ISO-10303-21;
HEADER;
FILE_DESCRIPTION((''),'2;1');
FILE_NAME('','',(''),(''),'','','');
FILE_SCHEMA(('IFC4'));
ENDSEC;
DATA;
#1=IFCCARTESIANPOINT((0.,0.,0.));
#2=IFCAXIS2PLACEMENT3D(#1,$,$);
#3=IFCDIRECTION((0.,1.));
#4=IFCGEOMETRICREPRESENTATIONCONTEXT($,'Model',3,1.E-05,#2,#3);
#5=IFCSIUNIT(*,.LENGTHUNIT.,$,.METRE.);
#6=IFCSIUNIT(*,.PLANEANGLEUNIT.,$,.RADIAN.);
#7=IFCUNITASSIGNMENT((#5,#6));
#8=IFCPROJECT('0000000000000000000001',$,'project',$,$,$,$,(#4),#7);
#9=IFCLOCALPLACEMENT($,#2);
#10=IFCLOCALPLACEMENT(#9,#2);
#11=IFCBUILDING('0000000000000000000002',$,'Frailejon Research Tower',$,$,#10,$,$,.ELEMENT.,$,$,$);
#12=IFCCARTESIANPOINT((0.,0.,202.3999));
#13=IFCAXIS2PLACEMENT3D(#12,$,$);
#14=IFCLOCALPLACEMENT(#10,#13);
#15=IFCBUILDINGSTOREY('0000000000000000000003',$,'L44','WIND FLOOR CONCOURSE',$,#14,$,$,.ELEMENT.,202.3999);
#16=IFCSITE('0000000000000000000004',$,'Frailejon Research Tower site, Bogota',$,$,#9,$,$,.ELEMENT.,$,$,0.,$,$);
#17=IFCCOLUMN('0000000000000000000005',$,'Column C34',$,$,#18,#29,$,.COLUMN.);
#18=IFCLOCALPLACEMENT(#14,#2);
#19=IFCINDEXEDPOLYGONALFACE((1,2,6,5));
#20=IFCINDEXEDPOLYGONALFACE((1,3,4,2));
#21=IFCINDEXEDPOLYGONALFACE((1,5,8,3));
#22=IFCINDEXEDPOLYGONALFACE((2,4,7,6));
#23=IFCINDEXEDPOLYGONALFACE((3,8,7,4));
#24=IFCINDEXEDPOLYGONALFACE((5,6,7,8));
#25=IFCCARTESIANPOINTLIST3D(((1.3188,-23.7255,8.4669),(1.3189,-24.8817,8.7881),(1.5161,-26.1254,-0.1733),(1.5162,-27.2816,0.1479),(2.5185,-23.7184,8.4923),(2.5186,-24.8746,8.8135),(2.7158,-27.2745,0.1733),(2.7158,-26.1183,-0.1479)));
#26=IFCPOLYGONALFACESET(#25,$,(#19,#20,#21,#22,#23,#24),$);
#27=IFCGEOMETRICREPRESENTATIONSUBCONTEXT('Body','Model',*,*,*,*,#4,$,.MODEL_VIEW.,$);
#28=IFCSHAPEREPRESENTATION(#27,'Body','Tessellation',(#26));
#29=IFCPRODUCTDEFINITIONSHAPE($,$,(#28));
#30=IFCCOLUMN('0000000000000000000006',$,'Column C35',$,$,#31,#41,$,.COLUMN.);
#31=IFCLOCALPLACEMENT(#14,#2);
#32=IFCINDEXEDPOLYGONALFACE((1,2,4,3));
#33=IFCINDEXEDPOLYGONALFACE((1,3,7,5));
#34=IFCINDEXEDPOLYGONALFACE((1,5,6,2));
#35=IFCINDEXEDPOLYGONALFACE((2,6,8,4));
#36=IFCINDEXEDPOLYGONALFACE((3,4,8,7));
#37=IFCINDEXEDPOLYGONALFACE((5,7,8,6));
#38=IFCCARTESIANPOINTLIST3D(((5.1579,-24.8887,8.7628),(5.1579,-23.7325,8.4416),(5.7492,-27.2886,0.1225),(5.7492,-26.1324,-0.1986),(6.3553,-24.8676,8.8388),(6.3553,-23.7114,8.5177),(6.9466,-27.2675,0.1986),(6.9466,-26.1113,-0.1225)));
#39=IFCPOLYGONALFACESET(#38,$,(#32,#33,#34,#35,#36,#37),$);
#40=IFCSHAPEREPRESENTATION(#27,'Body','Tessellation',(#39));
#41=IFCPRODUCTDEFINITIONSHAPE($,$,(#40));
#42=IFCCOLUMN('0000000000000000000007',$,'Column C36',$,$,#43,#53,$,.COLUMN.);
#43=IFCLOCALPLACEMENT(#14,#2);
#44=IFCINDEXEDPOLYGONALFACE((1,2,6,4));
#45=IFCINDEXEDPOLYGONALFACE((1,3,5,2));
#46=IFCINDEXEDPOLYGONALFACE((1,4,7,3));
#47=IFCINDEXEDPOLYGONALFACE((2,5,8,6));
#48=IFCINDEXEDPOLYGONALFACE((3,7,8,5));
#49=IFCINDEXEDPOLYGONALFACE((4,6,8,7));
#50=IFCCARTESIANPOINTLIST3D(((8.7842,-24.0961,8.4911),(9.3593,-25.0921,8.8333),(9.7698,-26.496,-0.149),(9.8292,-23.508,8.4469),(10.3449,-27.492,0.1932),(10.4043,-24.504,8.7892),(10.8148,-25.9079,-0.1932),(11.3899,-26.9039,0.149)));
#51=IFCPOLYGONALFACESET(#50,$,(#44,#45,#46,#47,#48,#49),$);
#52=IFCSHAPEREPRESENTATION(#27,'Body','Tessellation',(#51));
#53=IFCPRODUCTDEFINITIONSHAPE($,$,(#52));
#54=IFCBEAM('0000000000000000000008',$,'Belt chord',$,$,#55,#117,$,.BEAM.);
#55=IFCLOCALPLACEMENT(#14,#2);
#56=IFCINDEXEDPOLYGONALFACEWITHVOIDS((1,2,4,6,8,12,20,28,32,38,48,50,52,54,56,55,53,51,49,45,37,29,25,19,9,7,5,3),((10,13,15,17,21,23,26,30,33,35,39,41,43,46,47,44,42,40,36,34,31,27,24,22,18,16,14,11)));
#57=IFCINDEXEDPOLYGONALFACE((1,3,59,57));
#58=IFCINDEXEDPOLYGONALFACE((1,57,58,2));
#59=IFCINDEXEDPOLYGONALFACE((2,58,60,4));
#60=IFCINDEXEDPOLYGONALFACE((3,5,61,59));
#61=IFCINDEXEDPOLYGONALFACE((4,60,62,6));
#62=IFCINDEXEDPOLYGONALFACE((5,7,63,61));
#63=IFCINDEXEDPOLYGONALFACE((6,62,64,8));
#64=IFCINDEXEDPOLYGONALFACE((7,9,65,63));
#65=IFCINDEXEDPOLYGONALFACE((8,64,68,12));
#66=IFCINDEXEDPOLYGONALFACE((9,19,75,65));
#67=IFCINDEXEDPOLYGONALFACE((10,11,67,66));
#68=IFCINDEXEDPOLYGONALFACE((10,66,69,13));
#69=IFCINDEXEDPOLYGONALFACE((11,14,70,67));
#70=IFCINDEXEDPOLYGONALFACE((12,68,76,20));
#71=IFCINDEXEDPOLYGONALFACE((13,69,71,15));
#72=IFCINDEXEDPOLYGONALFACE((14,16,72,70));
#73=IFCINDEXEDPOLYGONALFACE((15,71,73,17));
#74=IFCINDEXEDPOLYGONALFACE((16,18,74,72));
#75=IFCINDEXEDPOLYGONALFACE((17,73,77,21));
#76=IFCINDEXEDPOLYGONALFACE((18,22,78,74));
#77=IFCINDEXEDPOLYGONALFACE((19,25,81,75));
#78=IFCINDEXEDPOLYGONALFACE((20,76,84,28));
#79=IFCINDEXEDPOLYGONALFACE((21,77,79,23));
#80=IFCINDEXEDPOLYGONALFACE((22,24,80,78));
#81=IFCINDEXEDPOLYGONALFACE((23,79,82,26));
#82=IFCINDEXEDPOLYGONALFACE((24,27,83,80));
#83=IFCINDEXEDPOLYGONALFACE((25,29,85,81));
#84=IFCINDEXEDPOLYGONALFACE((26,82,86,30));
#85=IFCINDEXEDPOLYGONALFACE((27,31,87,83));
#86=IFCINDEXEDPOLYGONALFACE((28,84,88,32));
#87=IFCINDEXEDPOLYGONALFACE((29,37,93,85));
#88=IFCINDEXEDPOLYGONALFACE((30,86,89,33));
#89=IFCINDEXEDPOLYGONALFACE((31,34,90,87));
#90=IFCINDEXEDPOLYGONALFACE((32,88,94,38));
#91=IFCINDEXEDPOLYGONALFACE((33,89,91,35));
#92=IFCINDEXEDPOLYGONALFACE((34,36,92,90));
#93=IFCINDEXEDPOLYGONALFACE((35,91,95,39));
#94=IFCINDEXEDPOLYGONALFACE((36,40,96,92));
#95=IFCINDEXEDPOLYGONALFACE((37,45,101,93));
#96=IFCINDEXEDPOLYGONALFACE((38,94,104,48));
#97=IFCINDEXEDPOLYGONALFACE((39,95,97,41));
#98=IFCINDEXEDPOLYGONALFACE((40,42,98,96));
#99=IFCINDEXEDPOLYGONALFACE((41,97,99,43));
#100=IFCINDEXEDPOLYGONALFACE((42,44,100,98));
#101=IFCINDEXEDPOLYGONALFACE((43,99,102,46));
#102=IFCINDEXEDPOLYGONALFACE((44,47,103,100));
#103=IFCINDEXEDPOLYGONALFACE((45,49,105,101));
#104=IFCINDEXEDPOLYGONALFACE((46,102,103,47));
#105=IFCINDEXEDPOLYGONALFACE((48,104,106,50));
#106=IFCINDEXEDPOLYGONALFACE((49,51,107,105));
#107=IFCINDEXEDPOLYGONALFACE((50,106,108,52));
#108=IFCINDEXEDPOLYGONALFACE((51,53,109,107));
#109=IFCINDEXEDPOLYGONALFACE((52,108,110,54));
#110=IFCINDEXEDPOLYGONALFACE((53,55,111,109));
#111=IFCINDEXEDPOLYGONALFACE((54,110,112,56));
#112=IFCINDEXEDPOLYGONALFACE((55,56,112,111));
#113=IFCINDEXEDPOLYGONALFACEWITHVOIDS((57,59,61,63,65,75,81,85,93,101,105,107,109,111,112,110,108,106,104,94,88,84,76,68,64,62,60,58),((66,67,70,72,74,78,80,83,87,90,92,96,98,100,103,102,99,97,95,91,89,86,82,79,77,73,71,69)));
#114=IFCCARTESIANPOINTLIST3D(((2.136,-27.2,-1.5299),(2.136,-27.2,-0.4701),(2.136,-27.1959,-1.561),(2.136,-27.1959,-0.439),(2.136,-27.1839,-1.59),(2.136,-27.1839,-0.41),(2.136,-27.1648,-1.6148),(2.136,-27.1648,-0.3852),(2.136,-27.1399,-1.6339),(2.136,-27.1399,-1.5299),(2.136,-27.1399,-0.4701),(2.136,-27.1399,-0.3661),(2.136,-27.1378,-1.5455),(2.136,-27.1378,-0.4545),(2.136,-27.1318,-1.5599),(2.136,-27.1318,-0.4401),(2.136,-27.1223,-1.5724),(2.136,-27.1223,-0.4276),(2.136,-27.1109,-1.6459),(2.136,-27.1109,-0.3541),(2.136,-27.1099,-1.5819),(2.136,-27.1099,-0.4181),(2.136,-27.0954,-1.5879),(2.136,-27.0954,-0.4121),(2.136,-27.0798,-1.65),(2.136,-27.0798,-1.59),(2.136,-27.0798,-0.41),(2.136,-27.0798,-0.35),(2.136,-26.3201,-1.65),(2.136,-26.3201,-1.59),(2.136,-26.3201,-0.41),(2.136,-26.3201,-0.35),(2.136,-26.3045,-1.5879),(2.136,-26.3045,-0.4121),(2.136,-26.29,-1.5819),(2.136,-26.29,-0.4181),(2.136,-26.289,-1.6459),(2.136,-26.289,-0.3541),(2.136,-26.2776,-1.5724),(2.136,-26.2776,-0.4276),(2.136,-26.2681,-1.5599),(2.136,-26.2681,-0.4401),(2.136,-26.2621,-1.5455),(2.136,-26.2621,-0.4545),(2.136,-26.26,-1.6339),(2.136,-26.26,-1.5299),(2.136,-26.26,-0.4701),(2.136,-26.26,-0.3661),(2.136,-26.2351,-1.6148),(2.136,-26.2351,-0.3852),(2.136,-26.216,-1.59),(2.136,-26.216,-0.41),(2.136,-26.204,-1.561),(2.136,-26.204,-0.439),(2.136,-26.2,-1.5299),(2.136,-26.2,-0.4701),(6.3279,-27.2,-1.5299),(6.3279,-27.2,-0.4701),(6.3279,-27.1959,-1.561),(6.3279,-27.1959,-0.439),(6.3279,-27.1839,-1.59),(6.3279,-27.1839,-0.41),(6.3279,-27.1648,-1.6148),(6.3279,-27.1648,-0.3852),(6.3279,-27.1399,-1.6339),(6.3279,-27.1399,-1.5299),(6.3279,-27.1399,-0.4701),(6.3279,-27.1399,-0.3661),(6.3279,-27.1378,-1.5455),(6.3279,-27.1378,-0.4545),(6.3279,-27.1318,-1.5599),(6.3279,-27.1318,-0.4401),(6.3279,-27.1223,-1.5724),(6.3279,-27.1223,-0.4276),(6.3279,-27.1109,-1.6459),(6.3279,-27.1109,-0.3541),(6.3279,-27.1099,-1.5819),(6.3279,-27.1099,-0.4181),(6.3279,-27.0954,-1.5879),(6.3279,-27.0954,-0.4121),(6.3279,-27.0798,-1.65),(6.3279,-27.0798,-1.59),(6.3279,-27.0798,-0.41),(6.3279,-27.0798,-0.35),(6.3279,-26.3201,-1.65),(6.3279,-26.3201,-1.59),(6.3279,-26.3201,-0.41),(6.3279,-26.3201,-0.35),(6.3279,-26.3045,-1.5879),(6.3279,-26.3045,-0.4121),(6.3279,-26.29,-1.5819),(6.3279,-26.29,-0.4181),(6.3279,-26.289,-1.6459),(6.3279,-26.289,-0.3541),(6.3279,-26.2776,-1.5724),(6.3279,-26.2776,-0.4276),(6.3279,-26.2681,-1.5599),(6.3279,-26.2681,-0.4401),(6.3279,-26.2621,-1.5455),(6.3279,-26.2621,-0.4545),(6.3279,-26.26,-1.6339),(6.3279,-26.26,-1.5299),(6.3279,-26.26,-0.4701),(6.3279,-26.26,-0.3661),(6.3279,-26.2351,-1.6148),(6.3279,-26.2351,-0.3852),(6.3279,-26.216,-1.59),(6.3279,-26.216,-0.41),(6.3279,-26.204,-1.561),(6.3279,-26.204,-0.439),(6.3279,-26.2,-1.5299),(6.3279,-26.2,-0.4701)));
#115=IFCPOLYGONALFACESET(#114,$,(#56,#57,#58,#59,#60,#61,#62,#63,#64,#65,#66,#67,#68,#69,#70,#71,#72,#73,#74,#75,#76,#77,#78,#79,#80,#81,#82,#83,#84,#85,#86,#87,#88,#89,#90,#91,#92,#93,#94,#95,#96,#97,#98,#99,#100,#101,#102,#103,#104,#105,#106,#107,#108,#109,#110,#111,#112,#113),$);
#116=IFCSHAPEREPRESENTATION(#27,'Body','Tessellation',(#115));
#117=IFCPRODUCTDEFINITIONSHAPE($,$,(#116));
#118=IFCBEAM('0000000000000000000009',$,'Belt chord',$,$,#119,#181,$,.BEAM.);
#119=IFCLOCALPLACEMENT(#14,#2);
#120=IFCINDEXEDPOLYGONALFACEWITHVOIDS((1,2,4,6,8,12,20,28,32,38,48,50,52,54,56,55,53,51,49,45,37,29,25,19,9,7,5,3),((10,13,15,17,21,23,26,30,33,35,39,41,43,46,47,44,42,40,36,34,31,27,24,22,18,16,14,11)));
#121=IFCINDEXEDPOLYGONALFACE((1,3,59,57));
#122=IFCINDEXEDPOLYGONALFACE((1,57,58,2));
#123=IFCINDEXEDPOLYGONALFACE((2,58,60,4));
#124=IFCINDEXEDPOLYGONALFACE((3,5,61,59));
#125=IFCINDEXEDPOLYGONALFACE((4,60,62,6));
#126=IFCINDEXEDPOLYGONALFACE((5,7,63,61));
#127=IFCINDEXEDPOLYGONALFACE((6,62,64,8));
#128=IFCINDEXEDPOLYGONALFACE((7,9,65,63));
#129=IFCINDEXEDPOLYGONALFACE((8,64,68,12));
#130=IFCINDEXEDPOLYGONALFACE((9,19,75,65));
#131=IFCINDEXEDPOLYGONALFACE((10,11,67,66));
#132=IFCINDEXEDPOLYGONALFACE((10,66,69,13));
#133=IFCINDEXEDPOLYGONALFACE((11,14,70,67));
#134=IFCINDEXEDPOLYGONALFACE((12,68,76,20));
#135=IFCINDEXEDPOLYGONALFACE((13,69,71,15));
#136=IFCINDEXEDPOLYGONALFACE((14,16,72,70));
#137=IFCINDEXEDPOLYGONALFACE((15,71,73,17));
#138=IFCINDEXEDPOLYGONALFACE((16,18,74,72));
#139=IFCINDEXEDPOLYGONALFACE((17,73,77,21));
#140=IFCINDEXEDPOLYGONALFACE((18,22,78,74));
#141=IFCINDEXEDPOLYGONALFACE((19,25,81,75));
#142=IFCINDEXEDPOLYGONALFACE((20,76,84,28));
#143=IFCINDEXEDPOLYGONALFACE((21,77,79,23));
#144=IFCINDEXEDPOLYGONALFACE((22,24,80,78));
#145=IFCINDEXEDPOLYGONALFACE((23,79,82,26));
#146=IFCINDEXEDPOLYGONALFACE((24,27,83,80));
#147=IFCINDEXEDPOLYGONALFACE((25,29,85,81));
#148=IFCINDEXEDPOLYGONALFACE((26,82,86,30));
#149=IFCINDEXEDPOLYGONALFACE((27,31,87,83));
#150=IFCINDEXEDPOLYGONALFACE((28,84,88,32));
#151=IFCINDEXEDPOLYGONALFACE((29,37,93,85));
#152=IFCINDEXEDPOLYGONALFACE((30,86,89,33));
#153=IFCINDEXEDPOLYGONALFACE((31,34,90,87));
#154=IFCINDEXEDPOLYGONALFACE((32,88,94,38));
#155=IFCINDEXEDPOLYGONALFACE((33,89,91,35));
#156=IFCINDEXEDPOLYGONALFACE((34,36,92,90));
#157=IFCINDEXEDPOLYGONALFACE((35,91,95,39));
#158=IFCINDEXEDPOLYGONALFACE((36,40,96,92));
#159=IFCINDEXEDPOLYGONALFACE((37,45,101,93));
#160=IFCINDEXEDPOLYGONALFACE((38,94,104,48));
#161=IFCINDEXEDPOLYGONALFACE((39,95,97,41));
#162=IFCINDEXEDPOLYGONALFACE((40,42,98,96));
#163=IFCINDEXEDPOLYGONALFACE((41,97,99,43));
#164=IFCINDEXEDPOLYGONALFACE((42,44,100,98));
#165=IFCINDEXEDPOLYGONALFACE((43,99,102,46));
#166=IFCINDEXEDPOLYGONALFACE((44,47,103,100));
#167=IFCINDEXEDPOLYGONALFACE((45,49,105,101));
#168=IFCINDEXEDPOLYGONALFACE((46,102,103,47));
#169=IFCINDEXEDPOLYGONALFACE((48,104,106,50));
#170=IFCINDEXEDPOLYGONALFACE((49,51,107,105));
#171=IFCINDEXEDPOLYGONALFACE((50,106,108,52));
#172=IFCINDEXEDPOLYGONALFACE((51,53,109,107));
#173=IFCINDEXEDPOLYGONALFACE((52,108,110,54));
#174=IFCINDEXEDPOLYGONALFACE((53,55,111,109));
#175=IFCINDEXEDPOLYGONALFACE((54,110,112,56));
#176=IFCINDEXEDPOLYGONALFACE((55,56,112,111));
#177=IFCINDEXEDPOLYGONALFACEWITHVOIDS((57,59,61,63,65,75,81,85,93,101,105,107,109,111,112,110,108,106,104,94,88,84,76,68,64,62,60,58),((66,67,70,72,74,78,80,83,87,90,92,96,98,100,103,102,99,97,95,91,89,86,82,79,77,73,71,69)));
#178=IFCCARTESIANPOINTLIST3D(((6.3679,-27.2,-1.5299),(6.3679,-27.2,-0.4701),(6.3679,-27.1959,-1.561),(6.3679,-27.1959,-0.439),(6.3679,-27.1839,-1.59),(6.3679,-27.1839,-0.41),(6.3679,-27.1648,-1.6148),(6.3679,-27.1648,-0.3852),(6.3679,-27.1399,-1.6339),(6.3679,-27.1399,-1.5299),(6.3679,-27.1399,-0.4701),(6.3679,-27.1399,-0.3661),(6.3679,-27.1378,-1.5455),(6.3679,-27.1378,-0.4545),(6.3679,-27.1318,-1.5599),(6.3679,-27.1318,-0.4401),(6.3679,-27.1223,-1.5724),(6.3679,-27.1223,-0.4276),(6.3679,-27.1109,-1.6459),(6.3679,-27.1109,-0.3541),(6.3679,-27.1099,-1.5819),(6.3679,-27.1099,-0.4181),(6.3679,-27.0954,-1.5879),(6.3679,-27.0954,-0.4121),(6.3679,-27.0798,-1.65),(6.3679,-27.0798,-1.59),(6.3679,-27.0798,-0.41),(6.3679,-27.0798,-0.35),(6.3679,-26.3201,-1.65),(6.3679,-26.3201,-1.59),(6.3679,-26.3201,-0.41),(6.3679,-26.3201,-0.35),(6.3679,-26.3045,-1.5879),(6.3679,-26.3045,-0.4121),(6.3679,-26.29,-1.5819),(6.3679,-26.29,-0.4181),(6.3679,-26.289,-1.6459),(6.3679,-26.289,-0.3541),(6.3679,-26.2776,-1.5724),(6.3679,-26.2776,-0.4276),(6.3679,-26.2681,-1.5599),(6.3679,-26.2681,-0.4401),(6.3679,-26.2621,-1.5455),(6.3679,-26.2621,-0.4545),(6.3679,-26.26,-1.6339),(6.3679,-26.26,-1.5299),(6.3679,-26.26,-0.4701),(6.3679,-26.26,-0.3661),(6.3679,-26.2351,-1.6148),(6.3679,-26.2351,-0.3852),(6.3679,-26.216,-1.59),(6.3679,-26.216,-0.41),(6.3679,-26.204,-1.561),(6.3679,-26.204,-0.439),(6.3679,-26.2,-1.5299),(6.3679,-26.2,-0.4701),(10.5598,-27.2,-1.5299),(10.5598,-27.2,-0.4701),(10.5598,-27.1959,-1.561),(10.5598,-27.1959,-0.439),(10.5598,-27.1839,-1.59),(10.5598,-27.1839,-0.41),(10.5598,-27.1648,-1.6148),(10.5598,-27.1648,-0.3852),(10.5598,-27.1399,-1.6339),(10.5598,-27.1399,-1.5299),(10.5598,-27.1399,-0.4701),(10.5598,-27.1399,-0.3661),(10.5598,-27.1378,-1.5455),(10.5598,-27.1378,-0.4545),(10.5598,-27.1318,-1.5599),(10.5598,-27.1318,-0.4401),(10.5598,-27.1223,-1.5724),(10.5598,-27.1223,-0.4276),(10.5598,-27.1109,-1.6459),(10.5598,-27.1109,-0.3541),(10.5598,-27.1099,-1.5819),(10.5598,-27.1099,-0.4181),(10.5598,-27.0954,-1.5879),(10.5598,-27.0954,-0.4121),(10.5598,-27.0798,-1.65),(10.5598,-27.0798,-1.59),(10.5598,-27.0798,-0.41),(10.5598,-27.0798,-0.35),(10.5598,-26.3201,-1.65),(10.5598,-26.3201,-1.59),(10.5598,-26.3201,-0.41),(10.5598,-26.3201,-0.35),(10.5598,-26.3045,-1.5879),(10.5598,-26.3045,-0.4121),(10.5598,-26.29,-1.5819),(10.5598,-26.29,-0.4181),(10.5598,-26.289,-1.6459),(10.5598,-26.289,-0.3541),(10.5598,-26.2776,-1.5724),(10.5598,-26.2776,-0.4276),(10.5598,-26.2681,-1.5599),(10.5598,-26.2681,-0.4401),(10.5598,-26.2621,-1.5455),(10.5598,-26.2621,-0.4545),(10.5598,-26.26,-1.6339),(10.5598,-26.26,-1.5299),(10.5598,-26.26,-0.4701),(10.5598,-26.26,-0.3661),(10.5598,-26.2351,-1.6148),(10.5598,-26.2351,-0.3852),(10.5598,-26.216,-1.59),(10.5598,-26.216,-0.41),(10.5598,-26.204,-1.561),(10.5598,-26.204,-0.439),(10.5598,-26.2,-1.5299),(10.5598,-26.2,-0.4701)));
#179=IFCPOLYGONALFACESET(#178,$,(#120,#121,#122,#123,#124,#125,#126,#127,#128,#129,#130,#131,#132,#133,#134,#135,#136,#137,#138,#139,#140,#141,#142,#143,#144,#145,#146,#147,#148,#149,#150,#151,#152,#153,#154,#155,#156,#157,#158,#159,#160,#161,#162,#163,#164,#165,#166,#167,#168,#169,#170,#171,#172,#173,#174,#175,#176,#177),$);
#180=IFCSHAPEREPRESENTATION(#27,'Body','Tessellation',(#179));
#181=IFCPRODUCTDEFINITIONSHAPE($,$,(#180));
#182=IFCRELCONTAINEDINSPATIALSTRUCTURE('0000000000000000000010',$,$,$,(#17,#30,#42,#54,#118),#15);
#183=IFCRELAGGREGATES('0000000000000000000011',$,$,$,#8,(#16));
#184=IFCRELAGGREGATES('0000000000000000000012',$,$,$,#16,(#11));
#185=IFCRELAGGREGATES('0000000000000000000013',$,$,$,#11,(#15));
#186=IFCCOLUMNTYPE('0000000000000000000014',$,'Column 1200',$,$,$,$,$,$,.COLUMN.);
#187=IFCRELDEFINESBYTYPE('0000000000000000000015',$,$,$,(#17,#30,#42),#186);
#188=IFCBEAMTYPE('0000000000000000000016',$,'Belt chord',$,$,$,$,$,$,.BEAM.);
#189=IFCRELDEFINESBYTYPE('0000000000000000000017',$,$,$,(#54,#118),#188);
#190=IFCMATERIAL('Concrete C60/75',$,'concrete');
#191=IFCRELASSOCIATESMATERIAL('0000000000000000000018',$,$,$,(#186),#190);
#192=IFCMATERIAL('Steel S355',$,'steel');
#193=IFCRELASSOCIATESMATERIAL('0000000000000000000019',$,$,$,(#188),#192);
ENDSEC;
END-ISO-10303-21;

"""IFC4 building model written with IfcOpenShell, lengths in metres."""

from ifc_helpers import new_model, si_unit, direction, frame, origin, origin_2d, place, context, subcontext, project, spatial, rectangle, hollow_rectangle, extrude, material, material_profile, profile_set, type_object, element, save


model = new_model("IFC4")

# Units and contexts
model_context = context("Model", 3, precision=1e-05, world=origin(), true_north=direction((0.0, 1.0)))
body_context = subcontext(model_context, "Body", "Model", "MODEL_VIEW")
ifc_project = project(units=[si_unit("LENGTHUNIT", "METRE"), si_unit("PLANEANGLEUNIT", "RADIAN")], contexts=[model_context])

# Site, building, storey
site_placement = place(None, origin())
site = spatial("IfcSite", under=ifc_project, at=site_placement, Name="Frailejon Research Tower site, Bogota", CompositionType="ELEMENT", RefElevation=0.0)
building_placement = place(site_placement, origin())
building = spatial("IfcBuilding", under=site, at=building_placement, Name="Frailejon Research Tower", CompositionType="ELEMENT")
storey_placement = place(building_placement, frame((0.0, 0.0, 202.3999)))
storey = spatial("IfcBuildingStorey", under=building, at=storey_placement, Name="L44", Description="WIND FLOOR CONCOURSE", CompositionType="ELEMENT", Elevation=202.3999)

# Columns
ifc_material_1 = material(Name="Concrete C60/75", Category="concrete")
ifc_material_profile_1 = material_profile(ifc_material_1, rectangle(XDim=1.2, YDim=1.2, at=origin_2d()), Name="Column 1200")
ifc_profile_set_1 = profile_set([ifc_material_profile_1], Name="Concrete C60/75")
column_type = type_object("IfcColumnType", Name="Column 1200", PredefinedType="COLUMN", material=ifc_profile_set_1)
column_1_placement = place(storey_placement, frame((2.116, -26.7, 0.0), z_axis=(-0.021993, 0.267565, 0.963289), x_axis=(0.999758, 0.00592, 0.021181)))
element("IfcColumn", 1, at=column_1_placement, inside=storey, type_object=column_type, Name="Column C34", PredefinedType="COLUMN", context=body_context, shape_type="SweptSolid", body=[
    extrude(rectangle(XDim=1.2, YDim=1.2, at=origin_2d()), origin(), (0.0, 0.0, 1.0), 8.9695),
])
column_2_placement = place(storey_placement, frame((6.3479, -26.7, 0.0), z_axis=(-0.065798, 0.26705, 0.961434), x_axis=(0.997833, 0.0176, 0.063401)))
element("IfcColumn", 2, at=column_2_placement, inside=storey, type_object=column_type, Name="Column C35", PredefinedType="COLUMN", context=body_context, shape_type="SweptSolid", body=[
    extrude(rectangle(XDim=1.2, YDim=1.2, at=origin_2d()), origin(), (0.0, 0.0, 1.0), 8.9868),
])
column_3_placement = place(storey_placement, frame((10.5798, -26.7, 0.0), z_axis=(-0.109253, 0.266028, 0.957754), x_axis=(0.870862, 0.490148, -0.036804)))
element("IfcColumn", 3, at=column_3_placement, inside=storey, type_object=column_type, Name="Column C36", PredefinedType="COLUMN", context=body_context, shape_type="SweptSolid", body=[
    extrude(rectangle(XDim=1.2, YDim=1.2, at=origin_2d()), origin(), (0.0, 0.0, 1.0), 9.0212),
])

# Beams
ifc_material_2 = material(Name="Steel S355", Category="steel")
ifc_material_profile_2 = material_profile(ifc_material_2, hollow_rectangle(XDim=1.0, YDim=1.3, WallThickness=0.0601, InnerFilletRadius=0.0601, OuterFilletRadius=0.1201, at=origin_2d()), Name="Belt chord")
ifc_profile_set_2 = profile_set([ifc_material_profile_2], Name="Steel S355")
beam_type_1 = type_object("IfcBeamType", Name="Belt chord", PredefinedType="BEAM", material=ifc_profile_set_2)
for number, where, z_axis, x_axis, name in (
    (4, (2.136, -26.7, -1.0), (1.0, 0.0, 0.0), (0.0, 1.0, 0.0), "Belt chord"),
    (5, (6.3679, -26.7, -1.0), (1.0, 0.0, 0.0), (0.0, 1.0, 0.0), "Belt chord"),
):
    element("IfcBeam", number, at=place(storey_placement, frame(where, z_axis=z_axis, x_axis=x_axis)), inside=storey, type_object=beam_type_1, Name=name, PredefinedType="BEAM", context=body_context, shape_type="SweptSolid", body=[
        extrude(hollow_rectangle(XDim=1.0, YDim=1.3, WallThickness=0.0601, InnerFilletRadius=0.0601, OuterFilletRadius=0.1201, at=origin_2d()), origin(), (0.0, 0.0, 1.0), 4.1919),
    ])

save(model, "model.ifc")
